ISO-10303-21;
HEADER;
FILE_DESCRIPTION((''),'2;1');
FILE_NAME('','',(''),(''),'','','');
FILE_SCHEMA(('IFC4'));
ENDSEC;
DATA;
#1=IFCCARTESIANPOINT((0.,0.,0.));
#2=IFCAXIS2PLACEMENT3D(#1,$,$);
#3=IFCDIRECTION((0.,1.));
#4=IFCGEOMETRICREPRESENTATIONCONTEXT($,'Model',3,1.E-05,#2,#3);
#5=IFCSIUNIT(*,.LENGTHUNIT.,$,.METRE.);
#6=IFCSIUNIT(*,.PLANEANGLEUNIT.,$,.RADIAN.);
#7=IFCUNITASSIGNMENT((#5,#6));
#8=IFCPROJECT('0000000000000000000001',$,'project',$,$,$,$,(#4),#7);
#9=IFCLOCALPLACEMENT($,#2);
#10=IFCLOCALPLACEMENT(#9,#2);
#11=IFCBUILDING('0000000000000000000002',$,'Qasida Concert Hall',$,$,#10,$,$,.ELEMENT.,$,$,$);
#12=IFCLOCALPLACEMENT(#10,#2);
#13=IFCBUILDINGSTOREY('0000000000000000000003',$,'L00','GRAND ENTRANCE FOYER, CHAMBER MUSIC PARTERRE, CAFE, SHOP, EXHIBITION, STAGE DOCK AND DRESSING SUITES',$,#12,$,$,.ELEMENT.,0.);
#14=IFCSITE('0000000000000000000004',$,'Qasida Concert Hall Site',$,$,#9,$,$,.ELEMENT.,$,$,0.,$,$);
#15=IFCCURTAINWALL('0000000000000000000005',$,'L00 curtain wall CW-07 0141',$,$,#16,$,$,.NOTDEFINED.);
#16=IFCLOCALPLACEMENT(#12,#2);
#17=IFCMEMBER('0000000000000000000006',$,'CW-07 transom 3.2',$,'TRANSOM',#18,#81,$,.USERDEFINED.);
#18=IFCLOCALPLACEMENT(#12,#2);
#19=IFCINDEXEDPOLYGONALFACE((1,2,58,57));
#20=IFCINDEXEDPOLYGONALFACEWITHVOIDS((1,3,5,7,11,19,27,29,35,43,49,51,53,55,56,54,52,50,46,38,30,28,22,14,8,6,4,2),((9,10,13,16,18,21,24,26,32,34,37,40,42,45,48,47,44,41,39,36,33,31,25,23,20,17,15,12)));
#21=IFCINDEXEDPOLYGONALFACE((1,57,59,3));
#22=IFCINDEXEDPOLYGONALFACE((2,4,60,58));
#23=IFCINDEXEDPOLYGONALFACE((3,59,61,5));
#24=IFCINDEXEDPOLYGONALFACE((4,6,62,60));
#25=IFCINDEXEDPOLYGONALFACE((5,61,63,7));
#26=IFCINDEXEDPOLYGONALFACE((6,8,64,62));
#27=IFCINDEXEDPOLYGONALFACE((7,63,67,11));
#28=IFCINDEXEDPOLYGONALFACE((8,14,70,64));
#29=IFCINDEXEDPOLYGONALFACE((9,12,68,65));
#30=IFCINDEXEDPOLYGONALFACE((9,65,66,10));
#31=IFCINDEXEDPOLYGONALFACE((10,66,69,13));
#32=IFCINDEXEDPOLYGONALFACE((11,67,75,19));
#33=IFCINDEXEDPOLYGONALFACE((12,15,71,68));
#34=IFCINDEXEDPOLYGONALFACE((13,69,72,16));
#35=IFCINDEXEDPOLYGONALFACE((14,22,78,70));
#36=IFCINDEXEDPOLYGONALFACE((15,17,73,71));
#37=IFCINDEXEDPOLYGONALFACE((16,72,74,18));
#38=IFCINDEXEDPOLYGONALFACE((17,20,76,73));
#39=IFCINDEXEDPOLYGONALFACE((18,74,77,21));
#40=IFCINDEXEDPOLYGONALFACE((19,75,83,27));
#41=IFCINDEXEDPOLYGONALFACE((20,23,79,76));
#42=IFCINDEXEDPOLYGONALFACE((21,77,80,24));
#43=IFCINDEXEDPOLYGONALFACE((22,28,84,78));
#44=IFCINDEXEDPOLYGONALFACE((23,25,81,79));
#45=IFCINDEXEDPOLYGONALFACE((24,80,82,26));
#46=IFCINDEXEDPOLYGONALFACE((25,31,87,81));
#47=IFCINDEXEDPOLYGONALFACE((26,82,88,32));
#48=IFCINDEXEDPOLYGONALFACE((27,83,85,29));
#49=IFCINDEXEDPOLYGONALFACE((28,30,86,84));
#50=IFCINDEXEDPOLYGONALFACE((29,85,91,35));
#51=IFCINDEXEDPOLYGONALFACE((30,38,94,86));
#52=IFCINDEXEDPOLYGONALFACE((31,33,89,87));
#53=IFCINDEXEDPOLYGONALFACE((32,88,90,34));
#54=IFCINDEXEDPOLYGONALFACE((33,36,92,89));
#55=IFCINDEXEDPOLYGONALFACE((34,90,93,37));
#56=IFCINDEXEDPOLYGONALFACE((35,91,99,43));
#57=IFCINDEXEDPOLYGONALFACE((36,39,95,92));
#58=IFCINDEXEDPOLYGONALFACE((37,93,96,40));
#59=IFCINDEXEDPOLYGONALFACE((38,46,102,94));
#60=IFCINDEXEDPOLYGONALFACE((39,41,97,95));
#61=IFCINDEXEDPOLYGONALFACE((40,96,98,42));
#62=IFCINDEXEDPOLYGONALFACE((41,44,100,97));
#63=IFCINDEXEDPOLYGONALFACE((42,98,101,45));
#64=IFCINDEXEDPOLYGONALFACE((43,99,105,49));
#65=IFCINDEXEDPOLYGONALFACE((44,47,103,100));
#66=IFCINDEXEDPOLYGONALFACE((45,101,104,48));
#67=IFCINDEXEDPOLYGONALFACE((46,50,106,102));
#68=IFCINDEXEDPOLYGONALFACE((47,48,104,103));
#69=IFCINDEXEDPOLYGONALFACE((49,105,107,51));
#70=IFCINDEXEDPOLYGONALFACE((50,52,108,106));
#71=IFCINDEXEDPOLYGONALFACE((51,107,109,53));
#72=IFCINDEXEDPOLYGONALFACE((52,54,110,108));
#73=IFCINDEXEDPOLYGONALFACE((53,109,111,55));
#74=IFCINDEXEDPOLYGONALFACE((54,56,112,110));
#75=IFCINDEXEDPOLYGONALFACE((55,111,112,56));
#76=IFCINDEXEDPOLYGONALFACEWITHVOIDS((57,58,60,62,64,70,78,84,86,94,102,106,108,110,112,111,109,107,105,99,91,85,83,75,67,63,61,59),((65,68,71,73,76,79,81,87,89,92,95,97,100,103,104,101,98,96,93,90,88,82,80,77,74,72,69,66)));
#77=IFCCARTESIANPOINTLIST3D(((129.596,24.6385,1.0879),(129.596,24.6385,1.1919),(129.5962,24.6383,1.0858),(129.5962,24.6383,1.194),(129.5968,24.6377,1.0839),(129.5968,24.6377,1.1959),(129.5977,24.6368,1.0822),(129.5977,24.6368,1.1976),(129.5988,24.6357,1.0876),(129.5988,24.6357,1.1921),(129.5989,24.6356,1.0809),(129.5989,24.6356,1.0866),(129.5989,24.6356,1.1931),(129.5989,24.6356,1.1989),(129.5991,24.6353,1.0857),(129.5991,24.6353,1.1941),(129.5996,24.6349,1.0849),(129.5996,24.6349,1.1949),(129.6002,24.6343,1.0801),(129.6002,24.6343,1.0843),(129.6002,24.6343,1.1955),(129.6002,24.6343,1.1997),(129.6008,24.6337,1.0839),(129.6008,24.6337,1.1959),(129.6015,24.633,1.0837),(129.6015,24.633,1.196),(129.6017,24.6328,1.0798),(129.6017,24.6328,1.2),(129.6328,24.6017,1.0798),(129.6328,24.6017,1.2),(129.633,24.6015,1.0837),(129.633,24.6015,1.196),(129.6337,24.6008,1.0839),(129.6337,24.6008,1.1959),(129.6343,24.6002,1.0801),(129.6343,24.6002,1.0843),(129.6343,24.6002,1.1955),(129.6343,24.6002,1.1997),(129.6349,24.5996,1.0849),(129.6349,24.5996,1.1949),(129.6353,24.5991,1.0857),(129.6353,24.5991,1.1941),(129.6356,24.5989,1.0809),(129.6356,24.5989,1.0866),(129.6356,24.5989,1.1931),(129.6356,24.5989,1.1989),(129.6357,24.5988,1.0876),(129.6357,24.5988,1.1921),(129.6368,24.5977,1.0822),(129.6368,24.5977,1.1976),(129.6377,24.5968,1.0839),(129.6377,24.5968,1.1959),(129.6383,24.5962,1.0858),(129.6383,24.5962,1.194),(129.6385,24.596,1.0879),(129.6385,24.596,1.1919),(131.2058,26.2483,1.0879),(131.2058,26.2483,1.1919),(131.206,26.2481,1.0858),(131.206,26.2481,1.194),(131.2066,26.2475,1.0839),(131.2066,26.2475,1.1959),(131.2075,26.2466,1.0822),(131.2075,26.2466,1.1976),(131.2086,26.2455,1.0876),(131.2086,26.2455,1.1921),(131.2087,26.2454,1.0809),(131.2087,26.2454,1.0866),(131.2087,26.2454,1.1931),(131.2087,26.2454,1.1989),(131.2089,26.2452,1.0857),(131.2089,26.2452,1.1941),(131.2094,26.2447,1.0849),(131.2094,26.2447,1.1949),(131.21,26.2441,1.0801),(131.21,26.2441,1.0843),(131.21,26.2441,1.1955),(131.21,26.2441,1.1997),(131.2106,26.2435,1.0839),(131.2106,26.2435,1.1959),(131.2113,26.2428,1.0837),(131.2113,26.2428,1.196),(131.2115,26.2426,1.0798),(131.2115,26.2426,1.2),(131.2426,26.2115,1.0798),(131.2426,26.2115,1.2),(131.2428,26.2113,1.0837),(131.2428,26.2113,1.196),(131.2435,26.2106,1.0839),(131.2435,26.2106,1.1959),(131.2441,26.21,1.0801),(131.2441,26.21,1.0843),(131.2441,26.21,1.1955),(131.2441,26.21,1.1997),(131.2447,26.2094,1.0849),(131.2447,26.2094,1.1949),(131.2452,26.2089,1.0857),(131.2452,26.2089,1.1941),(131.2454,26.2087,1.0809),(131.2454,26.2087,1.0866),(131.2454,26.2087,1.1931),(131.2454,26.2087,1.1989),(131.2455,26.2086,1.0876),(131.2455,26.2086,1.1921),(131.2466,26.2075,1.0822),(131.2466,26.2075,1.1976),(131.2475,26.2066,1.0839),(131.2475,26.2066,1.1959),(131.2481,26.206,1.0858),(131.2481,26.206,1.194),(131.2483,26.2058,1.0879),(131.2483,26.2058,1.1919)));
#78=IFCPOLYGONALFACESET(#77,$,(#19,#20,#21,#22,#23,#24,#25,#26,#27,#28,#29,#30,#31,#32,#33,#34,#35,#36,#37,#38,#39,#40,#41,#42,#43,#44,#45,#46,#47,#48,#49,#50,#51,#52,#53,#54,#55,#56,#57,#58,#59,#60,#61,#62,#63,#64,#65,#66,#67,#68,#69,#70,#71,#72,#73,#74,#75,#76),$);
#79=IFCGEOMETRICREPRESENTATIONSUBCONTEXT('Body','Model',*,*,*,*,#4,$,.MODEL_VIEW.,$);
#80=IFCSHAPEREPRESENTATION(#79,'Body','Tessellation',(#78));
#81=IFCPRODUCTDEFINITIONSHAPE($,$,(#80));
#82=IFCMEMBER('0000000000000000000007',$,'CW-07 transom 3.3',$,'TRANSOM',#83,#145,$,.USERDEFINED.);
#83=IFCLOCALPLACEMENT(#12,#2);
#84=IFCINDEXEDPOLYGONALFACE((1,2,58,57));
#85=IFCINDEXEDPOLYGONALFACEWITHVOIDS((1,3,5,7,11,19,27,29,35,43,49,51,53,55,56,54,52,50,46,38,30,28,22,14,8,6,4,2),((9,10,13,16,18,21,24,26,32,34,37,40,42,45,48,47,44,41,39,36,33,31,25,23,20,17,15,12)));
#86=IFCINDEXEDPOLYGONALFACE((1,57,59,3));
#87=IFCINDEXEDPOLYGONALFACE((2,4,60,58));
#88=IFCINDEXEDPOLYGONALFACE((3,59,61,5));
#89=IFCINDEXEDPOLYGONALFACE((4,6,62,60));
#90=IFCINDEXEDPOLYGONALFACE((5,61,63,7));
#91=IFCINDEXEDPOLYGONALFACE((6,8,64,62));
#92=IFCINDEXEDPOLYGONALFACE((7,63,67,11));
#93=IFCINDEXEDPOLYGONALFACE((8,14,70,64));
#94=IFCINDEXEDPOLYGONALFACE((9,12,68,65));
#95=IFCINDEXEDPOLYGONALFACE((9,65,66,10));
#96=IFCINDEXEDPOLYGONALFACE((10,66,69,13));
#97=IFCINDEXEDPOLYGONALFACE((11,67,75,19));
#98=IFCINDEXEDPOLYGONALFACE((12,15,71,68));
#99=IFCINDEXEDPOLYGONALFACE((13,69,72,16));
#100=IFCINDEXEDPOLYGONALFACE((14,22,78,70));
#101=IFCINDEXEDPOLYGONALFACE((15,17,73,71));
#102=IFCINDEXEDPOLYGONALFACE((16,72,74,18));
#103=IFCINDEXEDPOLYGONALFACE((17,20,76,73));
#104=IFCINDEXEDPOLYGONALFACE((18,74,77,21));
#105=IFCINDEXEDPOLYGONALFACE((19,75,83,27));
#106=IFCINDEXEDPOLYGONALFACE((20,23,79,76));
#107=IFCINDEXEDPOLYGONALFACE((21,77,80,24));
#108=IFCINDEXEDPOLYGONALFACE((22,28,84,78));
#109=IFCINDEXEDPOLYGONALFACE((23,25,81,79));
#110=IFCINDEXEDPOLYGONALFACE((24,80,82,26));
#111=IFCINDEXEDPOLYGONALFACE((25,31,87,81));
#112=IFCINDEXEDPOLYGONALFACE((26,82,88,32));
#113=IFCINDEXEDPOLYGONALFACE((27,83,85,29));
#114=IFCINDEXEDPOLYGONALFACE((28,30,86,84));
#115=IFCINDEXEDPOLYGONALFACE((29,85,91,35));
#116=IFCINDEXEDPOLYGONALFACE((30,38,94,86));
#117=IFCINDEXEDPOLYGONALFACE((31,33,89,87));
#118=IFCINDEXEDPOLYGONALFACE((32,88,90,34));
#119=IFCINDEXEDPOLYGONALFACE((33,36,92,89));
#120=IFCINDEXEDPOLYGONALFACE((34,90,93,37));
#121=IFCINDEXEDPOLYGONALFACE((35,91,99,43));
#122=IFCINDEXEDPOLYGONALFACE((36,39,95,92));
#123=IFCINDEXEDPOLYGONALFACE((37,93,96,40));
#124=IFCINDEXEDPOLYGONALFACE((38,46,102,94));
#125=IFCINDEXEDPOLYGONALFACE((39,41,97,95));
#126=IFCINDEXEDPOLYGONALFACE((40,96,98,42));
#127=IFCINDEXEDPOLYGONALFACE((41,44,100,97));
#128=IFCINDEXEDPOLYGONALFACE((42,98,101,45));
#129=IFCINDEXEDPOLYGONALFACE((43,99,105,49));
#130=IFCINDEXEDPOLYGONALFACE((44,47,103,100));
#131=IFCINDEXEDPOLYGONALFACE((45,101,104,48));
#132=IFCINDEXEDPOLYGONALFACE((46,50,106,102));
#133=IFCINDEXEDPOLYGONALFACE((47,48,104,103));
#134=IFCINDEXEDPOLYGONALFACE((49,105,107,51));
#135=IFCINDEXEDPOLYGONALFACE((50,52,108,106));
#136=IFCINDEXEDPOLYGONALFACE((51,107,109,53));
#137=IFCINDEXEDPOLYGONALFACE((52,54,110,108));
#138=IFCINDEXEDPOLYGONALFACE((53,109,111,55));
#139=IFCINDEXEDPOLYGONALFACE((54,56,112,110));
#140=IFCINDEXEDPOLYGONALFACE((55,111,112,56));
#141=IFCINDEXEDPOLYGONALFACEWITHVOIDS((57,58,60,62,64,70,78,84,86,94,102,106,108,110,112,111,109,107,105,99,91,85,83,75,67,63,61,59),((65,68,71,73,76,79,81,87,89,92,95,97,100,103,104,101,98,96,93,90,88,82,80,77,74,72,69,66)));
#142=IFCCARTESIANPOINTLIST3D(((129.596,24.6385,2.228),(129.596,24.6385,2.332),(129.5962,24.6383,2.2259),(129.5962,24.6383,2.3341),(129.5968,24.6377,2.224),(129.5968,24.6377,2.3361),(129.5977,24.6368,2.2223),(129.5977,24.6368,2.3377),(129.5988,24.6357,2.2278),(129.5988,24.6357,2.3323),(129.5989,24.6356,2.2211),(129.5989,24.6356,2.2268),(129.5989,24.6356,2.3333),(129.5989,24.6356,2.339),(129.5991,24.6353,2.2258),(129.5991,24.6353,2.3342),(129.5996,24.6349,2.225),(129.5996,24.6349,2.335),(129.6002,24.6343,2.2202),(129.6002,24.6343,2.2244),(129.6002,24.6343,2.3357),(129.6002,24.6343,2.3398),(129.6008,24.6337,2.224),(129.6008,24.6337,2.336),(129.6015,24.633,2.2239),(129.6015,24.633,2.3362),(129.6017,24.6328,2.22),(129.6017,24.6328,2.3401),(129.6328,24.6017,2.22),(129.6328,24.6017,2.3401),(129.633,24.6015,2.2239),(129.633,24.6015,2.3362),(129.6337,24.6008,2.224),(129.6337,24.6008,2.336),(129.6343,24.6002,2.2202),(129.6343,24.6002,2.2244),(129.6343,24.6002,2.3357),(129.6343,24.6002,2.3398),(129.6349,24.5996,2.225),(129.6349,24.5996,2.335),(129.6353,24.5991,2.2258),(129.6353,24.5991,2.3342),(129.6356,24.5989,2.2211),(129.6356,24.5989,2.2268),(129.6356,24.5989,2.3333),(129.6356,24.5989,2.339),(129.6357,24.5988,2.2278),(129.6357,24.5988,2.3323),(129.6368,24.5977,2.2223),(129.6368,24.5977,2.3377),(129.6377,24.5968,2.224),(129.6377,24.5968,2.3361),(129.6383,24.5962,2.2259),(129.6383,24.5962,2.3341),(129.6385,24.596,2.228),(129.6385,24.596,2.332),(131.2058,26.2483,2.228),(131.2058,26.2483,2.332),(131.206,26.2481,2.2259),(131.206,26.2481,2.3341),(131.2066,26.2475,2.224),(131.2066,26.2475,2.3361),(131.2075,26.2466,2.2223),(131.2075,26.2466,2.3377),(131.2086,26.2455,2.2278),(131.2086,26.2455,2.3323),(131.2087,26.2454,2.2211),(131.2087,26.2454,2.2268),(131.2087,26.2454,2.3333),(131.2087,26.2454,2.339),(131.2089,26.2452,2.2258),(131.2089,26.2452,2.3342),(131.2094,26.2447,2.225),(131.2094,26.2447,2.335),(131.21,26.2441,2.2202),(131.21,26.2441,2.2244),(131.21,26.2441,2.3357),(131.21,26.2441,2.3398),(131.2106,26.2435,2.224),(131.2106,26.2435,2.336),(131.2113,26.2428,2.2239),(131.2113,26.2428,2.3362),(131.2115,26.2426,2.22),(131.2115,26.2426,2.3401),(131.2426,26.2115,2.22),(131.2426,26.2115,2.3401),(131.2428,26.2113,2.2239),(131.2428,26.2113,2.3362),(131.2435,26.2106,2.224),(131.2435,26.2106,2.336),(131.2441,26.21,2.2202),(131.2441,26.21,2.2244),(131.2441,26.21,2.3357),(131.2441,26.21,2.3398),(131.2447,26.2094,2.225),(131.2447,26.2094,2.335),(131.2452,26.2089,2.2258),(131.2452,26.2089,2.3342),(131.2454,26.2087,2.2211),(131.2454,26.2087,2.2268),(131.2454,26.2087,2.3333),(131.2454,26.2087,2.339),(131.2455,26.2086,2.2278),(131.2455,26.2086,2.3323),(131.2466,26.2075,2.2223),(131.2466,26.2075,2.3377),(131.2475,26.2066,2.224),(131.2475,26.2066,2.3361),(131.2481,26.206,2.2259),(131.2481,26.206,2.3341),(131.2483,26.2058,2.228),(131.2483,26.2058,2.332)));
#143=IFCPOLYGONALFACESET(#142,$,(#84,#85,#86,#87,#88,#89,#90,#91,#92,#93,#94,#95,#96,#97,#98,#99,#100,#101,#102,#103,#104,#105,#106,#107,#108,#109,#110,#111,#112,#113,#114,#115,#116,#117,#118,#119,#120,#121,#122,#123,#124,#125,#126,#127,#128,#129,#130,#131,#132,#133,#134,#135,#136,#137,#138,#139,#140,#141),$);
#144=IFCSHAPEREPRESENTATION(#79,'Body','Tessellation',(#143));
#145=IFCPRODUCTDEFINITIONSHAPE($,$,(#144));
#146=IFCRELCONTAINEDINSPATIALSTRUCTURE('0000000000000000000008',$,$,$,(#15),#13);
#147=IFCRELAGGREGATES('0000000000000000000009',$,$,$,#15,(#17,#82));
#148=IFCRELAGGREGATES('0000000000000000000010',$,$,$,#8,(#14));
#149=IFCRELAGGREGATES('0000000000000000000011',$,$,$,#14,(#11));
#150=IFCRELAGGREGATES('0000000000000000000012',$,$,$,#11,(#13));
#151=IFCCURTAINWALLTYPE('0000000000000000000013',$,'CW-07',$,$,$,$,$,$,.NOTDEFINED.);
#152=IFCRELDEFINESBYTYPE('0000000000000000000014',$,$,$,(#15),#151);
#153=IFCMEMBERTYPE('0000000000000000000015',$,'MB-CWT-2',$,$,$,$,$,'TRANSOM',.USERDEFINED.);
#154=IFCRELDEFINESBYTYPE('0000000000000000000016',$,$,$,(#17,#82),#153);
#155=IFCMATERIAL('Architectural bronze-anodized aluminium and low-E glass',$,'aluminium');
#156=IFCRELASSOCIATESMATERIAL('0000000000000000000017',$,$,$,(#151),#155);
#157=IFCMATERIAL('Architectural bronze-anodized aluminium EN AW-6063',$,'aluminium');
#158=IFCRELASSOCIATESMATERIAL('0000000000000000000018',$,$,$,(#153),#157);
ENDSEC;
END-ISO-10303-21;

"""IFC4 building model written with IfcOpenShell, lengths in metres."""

from ifc_helpers import new_model, si_unit, direction, frame, origin, origin_2d, place, context, subcontext, project, spatial, hollow_rectangle, extrude, material, material_profile, profile_set, type_object, element, aggregate, save


model = new_model("IFC4")

# Units and contexts
model_context = context("Model", 3, precision=1e-05, world=origin(), true_north=direction((0.0, 1.0)))
body_context = subcontext(model_context, "Body", "Model", "MODEL_VIEW")
ifc_project = project(units=[si_unit("LENGTHUNIT", "METRE"), si_unit("PLANEANGLEUNIT", "RADIAN")], contexts=[model_context])

# Site, building, storey
site_placement = place(None, origin())
site = spatial("IfcSite", under=ifc_project, at=site_placement, Name="Qasida Concert Hall Site", CompositionType="ELEMENT", RefElevation=0.0)
building_placement = place(site_placement, origin())
building = spatial("IfcBuilding", under=site, at=building_placement, Name="Qasida Concert Hall", CompositionType="ELEMENT")
storey_placement = place(building_placement, origin())
storey = spatial("IfcBuildingStorey", under=building, at=storey_placement, Name="L00", Description="GRAND ENTRANCE FOYER, CHAMBER MUSIC PARTERRE, CAFE, SHOP, EXHIBITION, STAGE DOCK AND DRESSING SUITES", CompositionType="ELEMENT", Elevation=0.0)

# Curtain wall, members
ifc_material_1 = material(Name="Architectural bronze-anodized aluminium and low-E glass", Category="aluminium")
curtain_wall_type = type_object("IfcCurtainWallType", Name="CW-07", PredefinedType="NOTDEFINED", material=ifc_material_1)
curtain_wall_placement = place(storey_placement, origin())
curtain_wall = element("IfcCurtainWall", 1, at=curtain_wall_placement, inside=storey, type_object=curtain_wall_type, Name="L00 curtain wall CW-07 0141", PredefinedType="NOTDEFINED")
ifc_material_2 = material(Name="Architectural bronze-anodized aluminium EN AW-6063", Category="aluminium")
ifc_material_profile_1 = material_profile(ifc_material_2, hollow_rectangle(XDim=0.0601, YDim=0.1201, WallThickness=0.0039, InnerFilletRadius=0.0039, OuterFilletRadius=0.0081, at=origin_2d()), Name="CWT 120x60x4")
ifc_profile_set_1 = profile_set([ifc_material_profile_1], Name="Architectural bronze-anodized aluminium EN AW-6063")
member_type_1 = type_object("IfcMemberType", Name="MB-CWT-2", ElementType="TRANSOM", PredefinedType="USERDEFINED", material=ifc_profile_set_1)
member_1_placement = place(storey_placement, frame((131.2271, 26.2271, 1.1399), z_axis=(-0.707107, -0.707107, 0.0), x_axis=(0.707107, -0.707107, 0.0)))
member_1 = element("IfcMember", 2, at=member_1_placement, type_object=member_type_1, Name="CW-07 transom 3.2", ObjectType="TRANSOM", PredefinedType="USERDEFINED", context=body_context, shape_type="SweptSolid", body=[
    extrude(hollow_rectangle(XDim=0.0601, YDim=0.1201, WallThickness=0.0039, InnerFilletRadius=0.0039, OuterFilletRadius=0.0081, at=origin_2d()), origin(), (0.0, 0.0, 1.0), 2.2766),
])
member_2_placement = place(storey_placement, frame((131.2271, 26.2271, 2.28), z_axis=(-0.707107, -0.707107, 0.0), x_axis=(0.707107, -0.707107, 0.0)))
member_2 = element("IfcMember", 3, at=member_2_placement, type_object=member_type_1, Name="CW-07 transom 3.3", ObjectType="TRANSOM", PredefinedType="USERDEFINED", context=body_context, shape_type="SweptSolid", body=[
    extrude(hollow_rectangle(XDim=0.0601, YDim=0.1201, WallThickness=0.0039, InnerFilletRadius=0.0039, OuterFilletRadius=0.0081, at=origin_2d()), origin(), (0.0, 0.0, 1.0), 2.2766),
])
aggregate(curtain_wall, [member_1, member_2])

save(model, "model.ifc")
